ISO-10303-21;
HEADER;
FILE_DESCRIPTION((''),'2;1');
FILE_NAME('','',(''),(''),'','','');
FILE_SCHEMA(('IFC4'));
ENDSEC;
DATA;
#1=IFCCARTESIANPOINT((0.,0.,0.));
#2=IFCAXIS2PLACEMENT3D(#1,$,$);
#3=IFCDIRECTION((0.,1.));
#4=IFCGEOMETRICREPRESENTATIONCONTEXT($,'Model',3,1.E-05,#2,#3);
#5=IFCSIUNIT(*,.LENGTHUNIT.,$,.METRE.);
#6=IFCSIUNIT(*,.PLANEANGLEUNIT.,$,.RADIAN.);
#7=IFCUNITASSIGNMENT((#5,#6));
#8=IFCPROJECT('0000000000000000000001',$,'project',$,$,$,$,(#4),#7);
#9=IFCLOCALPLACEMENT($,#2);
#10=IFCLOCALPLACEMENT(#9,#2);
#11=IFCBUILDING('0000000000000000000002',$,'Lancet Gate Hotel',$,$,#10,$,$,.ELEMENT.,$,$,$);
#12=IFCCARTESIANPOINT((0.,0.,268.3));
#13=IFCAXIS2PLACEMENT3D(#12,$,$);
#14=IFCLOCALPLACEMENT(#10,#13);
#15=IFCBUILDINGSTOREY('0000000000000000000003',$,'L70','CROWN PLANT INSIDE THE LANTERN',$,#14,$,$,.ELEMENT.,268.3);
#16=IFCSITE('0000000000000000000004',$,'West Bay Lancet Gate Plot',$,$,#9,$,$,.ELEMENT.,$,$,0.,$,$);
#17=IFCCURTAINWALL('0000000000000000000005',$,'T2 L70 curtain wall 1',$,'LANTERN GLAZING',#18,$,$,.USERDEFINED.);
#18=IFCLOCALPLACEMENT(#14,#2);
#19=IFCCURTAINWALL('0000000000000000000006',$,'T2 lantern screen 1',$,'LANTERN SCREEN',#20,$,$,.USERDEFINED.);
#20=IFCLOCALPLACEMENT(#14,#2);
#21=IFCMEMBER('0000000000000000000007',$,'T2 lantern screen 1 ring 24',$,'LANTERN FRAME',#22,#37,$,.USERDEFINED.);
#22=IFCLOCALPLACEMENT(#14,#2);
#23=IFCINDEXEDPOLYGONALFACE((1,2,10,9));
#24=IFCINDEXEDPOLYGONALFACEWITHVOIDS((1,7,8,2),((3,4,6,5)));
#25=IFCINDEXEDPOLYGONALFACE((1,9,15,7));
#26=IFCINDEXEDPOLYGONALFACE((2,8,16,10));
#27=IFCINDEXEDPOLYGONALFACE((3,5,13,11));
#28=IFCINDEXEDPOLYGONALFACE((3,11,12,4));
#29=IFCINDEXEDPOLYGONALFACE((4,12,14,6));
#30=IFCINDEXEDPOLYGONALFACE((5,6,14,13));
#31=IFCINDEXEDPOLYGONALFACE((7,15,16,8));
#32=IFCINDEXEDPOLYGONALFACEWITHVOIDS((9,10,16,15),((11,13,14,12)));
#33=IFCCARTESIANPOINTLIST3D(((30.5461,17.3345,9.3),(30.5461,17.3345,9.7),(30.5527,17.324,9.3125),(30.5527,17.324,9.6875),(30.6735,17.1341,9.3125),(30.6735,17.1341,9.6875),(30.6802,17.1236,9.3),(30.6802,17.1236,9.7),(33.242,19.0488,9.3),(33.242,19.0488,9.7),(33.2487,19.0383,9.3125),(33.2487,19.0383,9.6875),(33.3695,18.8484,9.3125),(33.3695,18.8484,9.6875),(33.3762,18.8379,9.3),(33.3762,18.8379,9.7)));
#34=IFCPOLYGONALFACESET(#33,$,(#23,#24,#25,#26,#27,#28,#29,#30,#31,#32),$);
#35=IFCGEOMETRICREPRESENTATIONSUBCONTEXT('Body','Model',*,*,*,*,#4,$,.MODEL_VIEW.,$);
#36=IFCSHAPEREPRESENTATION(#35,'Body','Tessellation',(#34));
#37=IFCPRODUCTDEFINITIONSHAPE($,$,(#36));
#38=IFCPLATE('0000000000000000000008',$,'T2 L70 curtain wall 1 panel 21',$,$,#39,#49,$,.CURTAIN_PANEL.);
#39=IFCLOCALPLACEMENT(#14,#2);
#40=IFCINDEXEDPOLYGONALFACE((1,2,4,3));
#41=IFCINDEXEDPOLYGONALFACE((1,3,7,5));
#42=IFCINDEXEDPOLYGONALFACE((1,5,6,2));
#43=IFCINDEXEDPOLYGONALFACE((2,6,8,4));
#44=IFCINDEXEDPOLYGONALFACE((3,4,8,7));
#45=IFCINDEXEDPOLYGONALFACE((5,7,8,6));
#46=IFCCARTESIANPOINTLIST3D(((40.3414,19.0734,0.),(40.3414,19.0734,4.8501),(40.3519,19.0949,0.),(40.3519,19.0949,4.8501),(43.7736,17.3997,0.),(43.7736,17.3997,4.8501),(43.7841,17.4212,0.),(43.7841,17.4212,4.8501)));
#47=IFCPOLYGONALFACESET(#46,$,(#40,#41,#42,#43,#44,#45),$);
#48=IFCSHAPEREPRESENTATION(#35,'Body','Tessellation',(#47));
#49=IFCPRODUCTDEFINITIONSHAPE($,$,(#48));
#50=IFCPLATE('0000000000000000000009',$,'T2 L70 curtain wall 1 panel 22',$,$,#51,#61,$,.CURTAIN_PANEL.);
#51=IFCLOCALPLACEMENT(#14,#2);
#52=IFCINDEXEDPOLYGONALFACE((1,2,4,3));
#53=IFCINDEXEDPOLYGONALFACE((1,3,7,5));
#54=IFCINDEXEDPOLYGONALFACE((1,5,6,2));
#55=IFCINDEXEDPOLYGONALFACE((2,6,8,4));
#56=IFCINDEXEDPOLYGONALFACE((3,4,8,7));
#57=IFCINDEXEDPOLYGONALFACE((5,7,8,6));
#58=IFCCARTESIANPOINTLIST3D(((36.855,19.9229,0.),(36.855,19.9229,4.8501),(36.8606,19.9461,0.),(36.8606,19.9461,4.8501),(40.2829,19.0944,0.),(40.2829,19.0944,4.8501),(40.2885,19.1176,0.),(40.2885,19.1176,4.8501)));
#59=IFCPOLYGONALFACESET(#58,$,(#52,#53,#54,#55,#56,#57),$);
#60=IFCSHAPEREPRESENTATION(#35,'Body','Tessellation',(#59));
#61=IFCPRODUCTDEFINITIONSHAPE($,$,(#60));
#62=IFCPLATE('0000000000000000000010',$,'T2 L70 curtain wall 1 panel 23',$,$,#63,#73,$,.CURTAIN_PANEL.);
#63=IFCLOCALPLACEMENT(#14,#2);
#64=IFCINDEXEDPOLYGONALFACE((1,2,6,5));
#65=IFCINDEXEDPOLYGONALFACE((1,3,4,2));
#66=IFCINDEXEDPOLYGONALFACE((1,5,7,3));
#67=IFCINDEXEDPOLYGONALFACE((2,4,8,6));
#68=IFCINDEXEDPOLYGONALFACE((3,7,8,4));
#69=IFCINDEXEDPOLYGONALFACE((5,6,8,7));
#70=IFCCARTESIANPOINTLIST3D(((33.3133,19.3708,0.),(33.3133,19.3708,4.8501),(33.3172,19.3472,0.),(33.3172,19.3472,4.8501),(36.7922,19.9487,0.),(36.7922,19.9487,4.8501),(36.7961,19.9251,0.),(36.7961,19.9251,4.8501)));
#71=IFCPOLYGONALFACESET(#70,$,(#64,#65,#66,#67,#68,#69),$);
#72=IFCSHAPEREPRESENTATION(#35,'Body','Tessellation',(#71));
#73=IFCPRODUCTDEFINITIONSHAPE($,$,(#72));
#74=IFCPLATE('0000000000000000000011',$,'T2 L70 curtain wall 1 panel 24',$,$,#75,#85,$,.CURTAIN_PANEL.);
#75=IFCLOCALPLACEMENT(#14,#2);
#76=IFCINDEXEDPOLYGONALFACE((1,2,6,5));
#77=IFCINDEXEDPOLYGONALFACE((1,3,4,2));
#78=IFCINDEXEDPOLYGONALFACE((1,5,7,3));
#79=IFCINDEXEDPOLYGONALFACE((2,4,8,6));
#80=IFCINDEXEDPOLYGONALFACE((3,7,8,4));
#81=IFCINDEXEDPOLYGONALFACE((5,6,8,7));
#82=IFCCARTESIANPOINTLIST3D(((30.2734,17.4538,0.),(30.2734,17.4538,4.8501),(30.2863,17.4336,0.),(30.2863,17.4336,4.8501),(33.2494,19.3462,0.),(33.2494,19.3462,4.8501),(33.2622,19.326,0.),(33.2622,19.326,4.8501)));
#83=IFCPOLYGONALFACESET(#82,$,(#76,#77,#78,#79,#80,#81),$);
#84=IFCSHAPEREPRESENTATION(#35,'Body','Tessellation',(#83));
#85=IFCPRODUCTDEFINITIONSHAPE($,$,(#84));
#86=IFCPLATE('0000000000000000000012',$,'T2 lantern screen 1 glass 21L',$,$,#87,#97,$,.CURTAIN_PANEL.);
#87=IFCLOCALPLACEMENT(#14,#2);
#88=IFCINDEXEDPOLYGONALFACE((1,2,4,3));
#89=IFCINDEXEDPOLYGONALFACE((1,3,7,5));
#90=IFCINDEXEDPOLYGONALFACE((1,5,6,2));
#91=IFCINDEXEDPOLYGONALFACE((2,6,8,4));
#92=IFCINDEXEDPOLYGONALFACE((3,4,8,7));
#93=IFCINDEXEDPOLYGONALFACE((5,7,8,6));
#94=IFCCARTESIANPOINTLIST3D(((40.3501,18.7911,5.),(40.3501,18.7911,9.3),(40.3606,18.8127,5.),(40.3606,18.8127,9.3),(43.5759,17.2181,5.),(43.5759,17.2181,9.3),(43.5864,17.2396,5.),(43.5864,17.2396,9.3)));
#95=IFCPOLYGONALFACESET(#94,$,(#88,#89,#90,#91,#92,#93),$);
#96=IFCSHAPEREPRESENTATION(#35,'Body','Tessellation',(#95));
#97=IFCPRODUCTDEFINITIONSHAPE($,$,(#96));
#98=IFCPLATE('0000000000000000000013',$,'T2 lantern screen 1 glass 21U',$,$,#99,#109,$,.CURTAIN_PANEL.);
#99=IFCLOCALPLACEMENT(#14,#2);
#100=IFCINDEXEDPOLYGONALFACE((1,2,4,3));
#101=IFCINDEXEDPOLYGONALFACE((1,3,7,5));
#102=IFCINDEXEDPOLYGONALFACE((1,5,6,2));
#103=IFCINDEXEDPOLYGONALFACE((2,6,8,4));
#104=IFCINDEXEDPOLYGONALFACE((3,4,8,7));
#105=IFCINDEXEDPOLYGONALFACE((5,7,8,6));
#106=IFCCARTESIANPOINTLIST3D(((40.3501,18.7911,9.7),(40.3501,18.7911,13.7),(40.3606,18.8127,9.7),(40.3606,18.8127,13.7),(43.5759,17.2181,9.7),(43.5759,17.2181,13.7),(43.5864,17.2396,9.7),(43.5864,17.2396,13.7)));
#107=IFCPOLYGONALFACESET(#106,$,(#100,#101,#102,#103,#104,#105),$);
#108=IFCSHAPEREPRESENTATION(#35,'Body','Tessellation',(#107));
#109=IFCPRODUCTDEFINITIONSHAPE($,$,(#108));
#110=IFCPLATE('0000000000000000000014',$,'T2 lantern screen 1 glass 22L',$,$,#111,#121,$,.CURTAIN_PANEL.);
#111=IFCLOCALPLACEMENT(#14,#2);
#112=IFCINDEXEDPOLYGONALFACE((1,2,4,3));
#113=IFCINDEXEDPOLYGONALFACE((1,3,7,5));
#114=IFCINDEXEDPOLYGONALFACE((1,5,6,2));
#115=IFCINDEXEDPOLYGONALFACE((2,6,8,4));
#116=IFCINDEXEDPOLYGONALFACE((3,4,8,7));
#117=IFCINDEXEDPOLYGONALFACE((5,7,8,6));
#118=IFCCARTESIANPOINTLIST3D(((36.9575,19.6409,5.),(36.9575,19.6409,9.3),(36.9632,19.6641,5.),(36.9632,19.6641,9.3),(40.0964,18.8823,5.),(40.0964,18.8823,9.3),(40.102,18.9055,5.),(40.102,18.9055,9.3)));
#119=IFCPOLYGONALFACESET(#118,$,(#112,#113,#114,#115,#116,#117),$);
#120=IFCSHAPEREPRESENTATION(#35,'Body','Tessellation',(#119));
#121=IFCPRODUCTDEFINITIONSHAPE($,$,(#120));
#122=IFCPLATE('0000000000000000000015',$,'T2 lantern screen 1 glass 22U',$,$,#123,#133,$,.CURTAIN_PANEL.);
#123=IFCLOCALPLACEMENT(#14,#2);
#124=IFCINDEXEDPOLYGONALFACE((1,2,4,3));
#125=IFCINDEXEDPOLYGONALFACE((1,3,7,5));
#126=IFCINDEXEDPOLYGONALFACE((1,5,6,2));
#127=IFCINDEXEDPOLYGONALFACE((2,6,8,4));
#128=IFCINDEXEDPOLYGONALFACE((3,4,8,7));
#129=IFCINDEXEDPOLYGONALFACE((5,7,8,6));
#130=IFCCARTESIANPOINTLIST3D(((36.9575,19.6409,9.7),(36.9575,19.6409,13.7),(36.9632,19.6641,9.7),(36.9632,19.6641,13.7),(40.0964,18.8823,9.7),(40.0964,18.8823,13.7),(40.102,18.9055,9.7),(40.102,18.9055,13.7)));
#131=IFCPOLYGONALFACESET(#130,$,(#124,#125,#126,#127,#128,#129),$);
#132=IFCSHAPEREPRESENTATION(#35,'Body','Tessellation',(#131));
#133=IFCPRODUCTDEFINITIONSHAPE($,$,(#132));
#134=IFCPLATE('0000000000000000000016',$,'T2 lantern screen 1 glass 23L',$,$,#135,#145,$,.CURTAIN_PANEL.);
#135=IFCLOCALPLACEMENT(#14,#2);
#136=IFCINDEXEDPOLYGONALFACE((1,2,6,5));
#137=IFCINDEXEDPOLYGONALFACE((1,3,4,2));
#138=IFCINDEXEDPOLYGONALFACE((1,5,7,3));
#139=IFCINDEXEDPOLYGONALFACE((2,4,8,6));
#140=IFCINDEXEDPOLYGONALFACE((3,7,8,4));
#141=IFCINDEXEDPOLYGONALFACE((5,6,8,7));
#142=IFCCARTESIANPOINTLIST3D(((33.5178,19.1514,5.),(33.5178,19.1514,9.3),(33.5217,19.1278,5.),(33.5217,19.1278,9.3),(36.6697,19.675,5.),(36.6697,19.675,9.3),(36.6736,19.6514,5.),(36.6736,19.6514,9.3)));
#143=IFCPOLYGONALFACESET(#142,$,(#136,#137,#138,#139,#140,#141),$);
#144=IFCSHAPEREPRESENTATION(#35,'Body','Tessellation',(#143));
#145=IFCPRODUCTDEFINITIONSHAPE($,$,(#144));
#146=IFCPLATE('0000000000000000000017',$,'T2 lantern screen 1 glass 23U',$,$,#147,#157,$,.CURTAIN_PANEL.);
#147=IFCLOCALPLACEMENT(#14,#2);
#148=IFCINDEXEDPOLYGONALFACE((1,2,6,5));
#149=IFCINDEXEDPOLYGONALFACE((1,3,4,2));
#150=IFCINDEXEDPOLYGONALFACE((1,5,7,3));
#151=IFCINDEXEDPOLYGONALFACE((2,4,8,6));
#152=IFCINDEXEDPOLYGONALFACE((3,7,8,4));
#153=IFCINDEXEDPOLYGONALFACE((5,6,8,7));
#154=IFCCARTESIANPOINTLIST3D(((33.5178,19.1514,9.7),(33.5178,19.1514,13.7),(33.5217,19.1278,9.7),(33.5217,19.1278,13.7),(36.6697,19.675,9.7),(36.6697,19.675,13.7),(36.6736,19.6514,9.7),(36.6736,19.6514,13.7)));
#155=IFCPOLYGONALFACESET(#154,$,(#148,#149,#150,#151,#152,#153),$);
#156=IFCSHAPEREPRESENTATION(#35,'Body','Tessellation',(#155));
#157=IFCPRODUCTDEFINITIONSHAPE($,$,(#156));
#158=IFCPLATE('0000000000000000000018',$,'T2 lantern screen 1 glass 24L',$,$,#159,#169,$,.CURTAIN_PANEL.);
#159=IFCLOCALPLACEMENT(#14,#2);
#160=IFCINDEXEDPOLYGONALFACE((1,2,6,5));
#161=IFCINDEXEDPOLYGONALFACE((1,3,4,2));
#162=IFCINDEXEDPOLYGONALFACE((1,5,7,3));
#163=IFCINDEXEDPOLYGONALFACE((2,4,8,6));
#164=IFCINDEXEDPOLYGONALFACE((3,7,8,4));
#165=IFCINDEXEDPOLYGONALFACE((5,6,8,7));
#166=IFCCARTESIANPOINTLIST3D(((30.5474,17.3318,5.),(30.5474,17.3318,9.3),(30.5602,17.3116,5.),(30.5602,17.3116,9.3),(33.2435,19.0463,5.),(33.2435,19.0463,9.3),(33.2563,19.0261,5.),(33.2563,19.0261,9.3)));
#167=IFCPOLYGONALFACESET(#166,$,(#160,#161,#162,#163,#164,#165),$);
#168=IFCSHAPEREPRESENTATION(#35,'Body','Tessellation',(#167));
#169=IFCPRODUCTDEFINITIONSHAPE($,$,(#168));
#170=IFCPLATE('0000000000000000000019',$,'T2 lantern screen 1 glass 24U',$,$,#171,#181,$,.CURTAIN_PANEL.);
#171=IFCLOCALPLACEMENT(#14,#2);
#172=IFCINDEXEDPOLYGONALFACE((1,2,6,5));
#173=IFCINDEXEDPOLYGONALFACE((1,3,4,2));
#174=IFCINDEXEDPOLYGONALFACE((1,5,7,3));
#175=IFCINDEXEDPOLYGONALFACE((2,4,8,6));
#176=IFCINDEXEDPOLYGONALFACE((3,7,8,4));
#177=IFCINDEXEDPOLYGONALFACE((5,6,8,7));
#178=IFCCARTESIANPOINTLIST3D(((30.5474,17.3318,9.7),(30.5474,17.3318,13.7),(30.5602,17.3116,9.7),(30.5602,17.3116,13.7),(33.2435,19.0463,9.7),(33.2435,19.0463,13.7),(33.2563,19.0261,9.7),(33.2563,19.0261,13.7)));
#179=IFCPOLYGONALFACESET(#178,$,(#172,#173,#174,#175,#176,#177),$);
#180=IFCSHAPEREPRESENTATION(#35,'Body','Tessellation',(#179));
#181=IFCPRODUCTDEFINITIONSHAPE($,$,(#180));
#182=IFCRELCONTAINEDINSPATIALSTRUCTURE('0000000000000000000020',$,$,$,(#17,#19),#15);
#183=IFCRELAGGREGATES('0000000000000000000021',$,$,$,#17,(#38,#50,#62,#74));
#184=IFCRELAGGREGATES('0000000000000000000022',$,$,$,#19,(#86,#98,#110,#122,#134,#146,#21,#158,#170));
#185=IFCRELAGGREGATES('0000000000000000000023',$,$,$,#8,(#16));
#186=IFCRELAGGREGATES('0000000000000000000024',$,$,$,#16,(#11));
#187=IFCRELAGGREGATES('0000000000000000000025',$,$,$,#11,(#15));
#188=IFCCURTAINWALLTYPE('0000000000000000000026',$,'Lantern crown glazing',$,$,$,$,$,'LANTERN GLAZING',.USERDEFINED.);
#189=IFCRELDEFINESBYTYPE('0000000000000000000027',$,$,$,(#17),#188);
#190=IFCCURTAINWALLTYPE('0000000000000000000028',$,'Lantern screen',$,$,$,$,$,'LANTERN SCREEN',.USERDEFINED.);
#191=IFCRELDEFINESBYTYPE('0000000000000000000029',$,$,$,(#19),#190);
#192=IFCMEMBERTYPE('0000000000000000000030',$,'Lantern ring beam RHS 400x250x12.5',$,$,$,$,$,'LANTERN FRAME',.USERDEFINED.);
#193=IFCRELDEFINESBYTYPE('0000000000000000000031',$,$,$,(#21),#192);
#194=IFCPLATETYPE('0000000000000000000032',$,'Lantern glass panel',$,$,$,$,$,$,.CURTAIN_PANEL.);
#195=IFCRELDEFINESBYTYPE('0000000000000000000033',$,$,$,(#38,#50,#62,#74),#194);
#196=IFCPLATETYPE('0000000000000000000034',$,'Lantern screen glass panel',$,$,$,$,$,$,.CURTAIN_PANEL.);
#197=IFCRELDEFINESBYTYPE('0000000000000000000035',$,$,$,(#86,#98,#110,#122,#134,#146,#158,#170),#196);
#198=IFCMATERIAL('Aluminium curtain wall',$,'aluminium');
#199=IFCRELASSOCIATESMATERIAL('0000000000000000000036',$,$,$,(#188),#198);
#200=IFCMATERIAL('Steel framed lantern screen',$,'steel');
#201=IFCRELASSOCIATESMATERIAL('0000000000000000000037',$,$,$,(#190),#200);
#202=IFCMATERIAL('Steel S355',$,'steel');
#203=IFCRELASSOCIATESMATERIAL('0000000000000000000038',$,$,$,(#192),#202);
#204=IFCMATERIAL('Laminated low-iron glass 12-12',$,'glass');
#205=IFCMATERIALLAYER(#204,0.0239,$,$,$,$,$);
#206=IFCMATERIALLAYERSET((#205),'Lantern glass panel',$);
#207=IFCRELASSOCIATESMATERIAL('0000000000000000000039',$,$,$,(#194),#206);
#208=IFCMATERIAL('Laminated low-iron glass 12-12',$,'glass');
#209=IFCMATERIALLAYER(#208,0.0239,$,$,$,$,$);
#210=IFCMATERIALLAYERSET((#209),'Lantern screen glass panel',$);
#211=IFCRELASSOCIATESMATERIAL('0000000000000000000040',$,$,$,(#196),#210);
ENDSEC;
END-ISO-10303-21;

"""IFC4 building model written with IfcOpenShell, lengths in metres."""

from ifc_helpers import new_model, si_unit, direction, frame, origin, origin_2d, place, context, subcontext, project, spatial, rectangle, hollow_rectangle, extrude, material, layer, layer_set, material_profile, profile_set, type_object, element, aggregate, save


model = new_model("IFC4")

# Units and contexts
model_context = context("Model", 3, precision=1e-05, world=origin(), true_north=direction((0.0, 1.0)))
body_context = subcontext(model_context, "Body", "Model", "MODEL_VIEW")
ifc_project = project(units=[si_unit("LENGTHUNIT", "METRE"), si_unit("PLANEANGLEUNIT", "RADIAN")], contexts=[model_context])

# Site, building, storey
site_placement = place(None, origin())
site = spatial("IfcSite", under=ifc_project, at=site_placement, Name="West Bay Lancet Gate Plot", CompositionType="ELEMENT", RefElevation=0.0)
building_placement = place(site_placement, origin())
building = spatial("IfcBuilding", under=site, at=building_placement, Name="Lancet Gate Hotel", CompositionType="ELEMENT")
storey_placement = place(building_placement, frame((0.0, 0.0, 268.3)))
storey = spatial("IfcBuildingStorey", under=building, at=storey_placement, Name="L70", Description="CROWN PLANT INSIDE THE LANTERN", CompositionType="ELEMENT", Elevation=268.3)

# Curtain walls, member
ifc_material_1 = material(Name="Aluminium curtain wall", Category="aluminium")
curtain_wall_type_1 = type_object("IfcCurtainWallType", Name="Lantern crown glazing", ElementType="LANTERN GLAZING", PredefinedType="USERDEFINED", material=ifc_material_1)
curtain_wall_1_placement = place(storey_placement, origin())
curtain_wall_1 = element("IfcCurtainWall", 1, at=curtain_wall_1_placement, inside=storey, type_object=curtain_wall_type_1, Name="T2 L70 curtain wall 1", ObjectType="LANTERN GLAZING", PredefinedType="USERDEFINED")
ifc_material_2 = material(Name="Steel framed lantern screen", Category="steel")
curtain_wall_type_2 = type_object("IfcCurtainWallType", Name="Lantern screen", ElementType="LANTERN SCREEN", PredefinedType="USERDEFINED", material=ifc_material_2)
curtain_wall_2_placement = place(storey_placement, origin())
curtain_wall_2 = element("IfcCurtainWall", 2, at=curtain_wall_2_placement, inside=storey, type_object=curtain_wall_type_2, Name="T2 lantern screen 1", ObjectType="LANTERN SCREEN", PredefinedType="USERDEFINED")
ifc_material_3 = material(Name="Steel S355", Category="steel")
ifc_material_profile_1 = material_profile(ifc_material_3, hollow_rectangle(XDim=0.25, YDim=0.3999, WallThickness=0.0125, at=origin_2d()), Name="RHS 400x250x12.5")
ifc_profile_set_1 = profile_set([ifc_material_profile_1], Name="Steel S355")
member_type_1 = type_object("IfcMemberType", Name="Lantern ring beam RHS 400x250x12.5", ElementType="LANTERN FRAME", PredefinedType="USERDEFINED", material=ifc_profile_set_1)
member_1_placement = place(storey_placement, frame((33.3091, 18.9434, 9.5), z_axis=(-0.843847, -0.536584, 0.0), x_axis=(0.536584, -0.843847, 0.0)))
member_1 = element("IfcMember", 3, at=member_1_placement, type_object=member_type_1, Name="T2 lantern screen 1 ring 24", ObjectType="LANTERN FRAME", PredefinedType="USERDEFINED", context=body_context, shape_type="SweptSolid", body=[
    extrude(hollow_rectangle(XDim=0.25, YDim=0.3999, WallThickness=0.0125, at=origin_2d()), origin(), (0.0, 0.0, 1.0), 3.1948),
])

# Plates
ifc_material_4 = material(Name="Laminated low-iron glass 12-12", Category="glass")
ifc_layer_1 = layer(ifc_material_4, 0.0239)
ifc_layer_set_1 = layer_set([ifc_layer_1], Name="Lantern glass panel")
plate_type_1 = type_object("IfcPlateType", Name="Lantern glass panel", PredefinedType="CURTAIN_PANEL", material=ifc_layer_set_1)
plate_1_placement = place(storey_placement, frame((42.0627, 18.2473, 0.0), z_axis=(0.0, 0.0, 1.0), x_axis=(-0.898823, 0.438311, 0.0)))
plate_1 = element("IfcPlate", 4, at=plate_1_placement, type_object=plate_type_1, Name="T2 L70 curtain wall 1 panel 21", PredefinedType="CURTAIN_PANEL", context=body_context, shape_type="SweptSolid", body=[
    extrude(rectangle(XDim=3.8186, YDim=0.0239, at=origin_2d()), origin(), (0.0, 0.0, 1.0), 4.8501),
])
plate_2_placement = place(storey_placement, frame((38.5718, 19.5203, 0.0), z_axis=(0.0, 0.0, 1.0), x_axis=(-0.972014, 0.234924, 0.0)))
plate_2 = element("IfcPlate", 5, at=plate_2_placement, type_object=plate_type_1, Name="T2 L70 curtain wall 1 panel 22", PredefinedType="CURTAIN_PANEL", context=body_context, shape_type="SweptSolid", body=[
    extrude(rectangle(XDim=3.5266, YDim=0.0239, at=origin_2d()), origin(), (0.0, 0.0, 1.0), 4.8501),
])
plate_3_placement = place(storey_placement, frame((35.0547, 19.6479, 0.0), z_axis=(0.0, 0.0, 1.0), x_axis=(-0.98648, -0.163881, 0.0)))
plate_3 = element("IfcPlate", 6, at=plate_3_placement, type_object=plate_type_1, Name="T2 L70 curtain wall 1 panel 23", PredefinedType="CURTAIN_PANEL", context=body_context, shape_type="SweptSolid", body=[
    extrude(rectangle(XDim=3.5266, YDim=0.0239, at=origin_2d()), origin(), (0.0, 0.0, 1.0), 4.8501),
])
plate_4_placement = place(storey_placement, frame((31.7678, 18.3899, 0.0), z_axis=(0.0, 0.0, 1.0), x_axis=(-0.843845, -0.536587, 0.0)))
plate_4 = element("IfcPlate", 7, at=plate_4_placement, type_object=plate_type_1, Name="T2 L70 curtain wall 1 panel 24", PredefinedType="CURTAIN_PANEL", context=body_context, shape_type="SweptSolid", body=[
    extrude(rectangle(XDim=3.5266, YDim=0.0239, at=origin_2d()), origin(), (0.0, 0.0, 1.0), 4.8501),
])
aggregate(curtain_wall_1, [plate_1, plate_2, plate_3, plate_4])
ifc_material_5 = material(Name="Laminated low-iron glass 12-12", Category="glass")
ifc_layer_2 = layer(ifc_material_5, 0.0239)
ifc_layer_set_2 = layer_set([ifc_layer_2], Name="Lantern screen glass panel")
plate_type_2 = type_object("IfcPlateType", Name="Lantern screen glass panel", PredefinedType="CURTAIN_PANEL", material=ifc_layer_set_2)
plate_5_placement = place(storey_placement, frame((41.9683, 18.0154, 5.0), z_axis=(0.0, 0.0, 1.0), x_axis=(-0.898823, 0.438311, 0.0)))
plate_5 = element("IfcPlate", 8, at=plate_5_placement, type_object=plate_type_2, Name="T2 lantern screen 1 glass 21L", PredefinedType="CURTAIN_PANEL", context=body_context, shape_type="SweptSolid", body=[
    extrude(rectangle(XDim=3.5889, YDim=0.0239, at=origin_2d()), origin(), (0.0, 0.0, 1.0), 4.3),
])
plate_6_placement = place(storey_placement, frame((41.9683, 18.0154, 9.7), z_axis=(0.0, 0.0, 1.0), x_axis=(-0.898823, 0.438311, 0.0)))
plate_6 = element("IfcPlate", 9, at=plate_6_placement, type_object=plate_type_2, Name="T2 lantern screen 1 glass 21U", PredefinedType="CURTAIN_PANEL", context=body_context, shape_type="SweptSolid", body=[
    extrude(rectangle(XDim=3.5889, YDim=0.0239, at=origin_2d()), origin(), (0.0, 0.0, 1.0), 4.0),
])
plate_7_placement = place(storey_placement, frame((38.5298, 19.2732, 5.0), z_axis=(0.0, 0.0, 1.0), x_axis=(-0.972014, 0.234924, 0.0)))
plate_7 = element("IfcPlate", 10, at=plate_7_placement, type_object=plate_type_2, Name="T2 lantern screen 1 glass 22L", PredefinedType="CURTAIN_PANEL", context=body_context, shape_type="SweptSolid", body=[
    extrude(rectangle(XDim=3.2292, YDim=0.0239, at=origin_2d()), origin(), (0.0, 0.0, 1.0), 4.3),
])
plate_8_placement = place(storey_placement, frame((38.5298, 19.2732, 9.7), z_axis=(0.0, 0.0, 1.0), x_axis=(-0.972014, 0.234924, 0.0)))
plate_8 = element("IfcPlate", 11, at=plate_8_placement, type_object=plate_type_2, Name="T2 lantern screen 1 glass 22U", PredefinedType="CURTAIN_PANEL", context=body_context, shape_type="SweptSolid", body=[
    extrude(rectangle(XDim=3.2292, YDim=0.0239, at=origin_2d()), origin(), (0.0, 0.0, 1.0), 4.0),
])
plate_9_placement = place(storey_placement, frame((35.0957, 19.4014, 5.0), z_axis=(0.0, 0.0, 1.0), x_axis=(-0.98648, -0.163881, 0.0)))
plate_9 = element("IfcPlate", 12, at=plate_9_placement, type_object=plate_type_2, Name="T2 lantern screen 1 glass 23L", PredefinedType="CURTAIN_PANEL", context=body_context, shape_type="SweptSolid", body=[
    extrude(rectangle(XDim=3.1951, YDim=0.0239, at=origin_2d()), origin(), (0.0, 0.0, 1.0), 4.3),
])
plate_10_placement = place(storey_placement, frame((35.0957, 19.4014, 9.7), z_axis=(0.0, 0.0, 1.0), x_axis=(-0.98648, -0.163881, 0.0)))
plate_10 = element("IfcPlate", 13, at=plate_10_placement, type_object=plate_type_2, Name="T2 lantern screen 1 glass 23U", PredefinedType="CURTAIN_PANEL", context=body_context, shape_type="SweptSolid", body=[
    extrude(rectangle(XDim=3.1951, YDim=0.0239, at=origin_2d()), origin(), (0.0, 0.0, 1.0), 4.0),
])
plate_11_placement = place(storey_placement, frame((31.9019, 18.179, 5.0), z_axis=(0.0, 0.0, 1.0), x_axis=(-0.843845, -0.536587, 0.0)))
plate_11 = element("IfcPlate", 14, at=plate_11_placement, type_object=plate_type_2, Name="T2 lantern screen 1 glass 24L", PredefinedType="CURTAIN_PANEL", context=body_context, shape_type="SweptSolid", body=[
    extrude(rectangle(XDim=3.1951, YDim=0.0239, at=origin_2d()), origin(), (0.0, 0.0, 1.0), 4.3),
])
plate_12_placement = place(storey_placement, frame((31.9019, 18.179, 9.7), z_axis=(0.0, 0.0, 1.0), x_axis=(-0.843845, -0.536587, 0.0)))
plate_12 = element("IfcPlate", 15, at=plate_12_placement, type_object=plate_type_2, Name="T2 lantern screen 1 glass 24U", PredefinedType="CURTAIN_PANEL", context=body_context, shape_type="SweptSolid", body=[
    extrude(rectangle(XDim=3.1951, YDim=0.0239, at=origin_2d()), origin(), (0.0, 0.0, 1.0), 4.0),
])
aggregate(curtain_wall_2, [plate_5, plate_6, plate_7, plate_8, plate_9, plate_10, member_1, plate_11, plate_12])

save(model, "model.ifc")
